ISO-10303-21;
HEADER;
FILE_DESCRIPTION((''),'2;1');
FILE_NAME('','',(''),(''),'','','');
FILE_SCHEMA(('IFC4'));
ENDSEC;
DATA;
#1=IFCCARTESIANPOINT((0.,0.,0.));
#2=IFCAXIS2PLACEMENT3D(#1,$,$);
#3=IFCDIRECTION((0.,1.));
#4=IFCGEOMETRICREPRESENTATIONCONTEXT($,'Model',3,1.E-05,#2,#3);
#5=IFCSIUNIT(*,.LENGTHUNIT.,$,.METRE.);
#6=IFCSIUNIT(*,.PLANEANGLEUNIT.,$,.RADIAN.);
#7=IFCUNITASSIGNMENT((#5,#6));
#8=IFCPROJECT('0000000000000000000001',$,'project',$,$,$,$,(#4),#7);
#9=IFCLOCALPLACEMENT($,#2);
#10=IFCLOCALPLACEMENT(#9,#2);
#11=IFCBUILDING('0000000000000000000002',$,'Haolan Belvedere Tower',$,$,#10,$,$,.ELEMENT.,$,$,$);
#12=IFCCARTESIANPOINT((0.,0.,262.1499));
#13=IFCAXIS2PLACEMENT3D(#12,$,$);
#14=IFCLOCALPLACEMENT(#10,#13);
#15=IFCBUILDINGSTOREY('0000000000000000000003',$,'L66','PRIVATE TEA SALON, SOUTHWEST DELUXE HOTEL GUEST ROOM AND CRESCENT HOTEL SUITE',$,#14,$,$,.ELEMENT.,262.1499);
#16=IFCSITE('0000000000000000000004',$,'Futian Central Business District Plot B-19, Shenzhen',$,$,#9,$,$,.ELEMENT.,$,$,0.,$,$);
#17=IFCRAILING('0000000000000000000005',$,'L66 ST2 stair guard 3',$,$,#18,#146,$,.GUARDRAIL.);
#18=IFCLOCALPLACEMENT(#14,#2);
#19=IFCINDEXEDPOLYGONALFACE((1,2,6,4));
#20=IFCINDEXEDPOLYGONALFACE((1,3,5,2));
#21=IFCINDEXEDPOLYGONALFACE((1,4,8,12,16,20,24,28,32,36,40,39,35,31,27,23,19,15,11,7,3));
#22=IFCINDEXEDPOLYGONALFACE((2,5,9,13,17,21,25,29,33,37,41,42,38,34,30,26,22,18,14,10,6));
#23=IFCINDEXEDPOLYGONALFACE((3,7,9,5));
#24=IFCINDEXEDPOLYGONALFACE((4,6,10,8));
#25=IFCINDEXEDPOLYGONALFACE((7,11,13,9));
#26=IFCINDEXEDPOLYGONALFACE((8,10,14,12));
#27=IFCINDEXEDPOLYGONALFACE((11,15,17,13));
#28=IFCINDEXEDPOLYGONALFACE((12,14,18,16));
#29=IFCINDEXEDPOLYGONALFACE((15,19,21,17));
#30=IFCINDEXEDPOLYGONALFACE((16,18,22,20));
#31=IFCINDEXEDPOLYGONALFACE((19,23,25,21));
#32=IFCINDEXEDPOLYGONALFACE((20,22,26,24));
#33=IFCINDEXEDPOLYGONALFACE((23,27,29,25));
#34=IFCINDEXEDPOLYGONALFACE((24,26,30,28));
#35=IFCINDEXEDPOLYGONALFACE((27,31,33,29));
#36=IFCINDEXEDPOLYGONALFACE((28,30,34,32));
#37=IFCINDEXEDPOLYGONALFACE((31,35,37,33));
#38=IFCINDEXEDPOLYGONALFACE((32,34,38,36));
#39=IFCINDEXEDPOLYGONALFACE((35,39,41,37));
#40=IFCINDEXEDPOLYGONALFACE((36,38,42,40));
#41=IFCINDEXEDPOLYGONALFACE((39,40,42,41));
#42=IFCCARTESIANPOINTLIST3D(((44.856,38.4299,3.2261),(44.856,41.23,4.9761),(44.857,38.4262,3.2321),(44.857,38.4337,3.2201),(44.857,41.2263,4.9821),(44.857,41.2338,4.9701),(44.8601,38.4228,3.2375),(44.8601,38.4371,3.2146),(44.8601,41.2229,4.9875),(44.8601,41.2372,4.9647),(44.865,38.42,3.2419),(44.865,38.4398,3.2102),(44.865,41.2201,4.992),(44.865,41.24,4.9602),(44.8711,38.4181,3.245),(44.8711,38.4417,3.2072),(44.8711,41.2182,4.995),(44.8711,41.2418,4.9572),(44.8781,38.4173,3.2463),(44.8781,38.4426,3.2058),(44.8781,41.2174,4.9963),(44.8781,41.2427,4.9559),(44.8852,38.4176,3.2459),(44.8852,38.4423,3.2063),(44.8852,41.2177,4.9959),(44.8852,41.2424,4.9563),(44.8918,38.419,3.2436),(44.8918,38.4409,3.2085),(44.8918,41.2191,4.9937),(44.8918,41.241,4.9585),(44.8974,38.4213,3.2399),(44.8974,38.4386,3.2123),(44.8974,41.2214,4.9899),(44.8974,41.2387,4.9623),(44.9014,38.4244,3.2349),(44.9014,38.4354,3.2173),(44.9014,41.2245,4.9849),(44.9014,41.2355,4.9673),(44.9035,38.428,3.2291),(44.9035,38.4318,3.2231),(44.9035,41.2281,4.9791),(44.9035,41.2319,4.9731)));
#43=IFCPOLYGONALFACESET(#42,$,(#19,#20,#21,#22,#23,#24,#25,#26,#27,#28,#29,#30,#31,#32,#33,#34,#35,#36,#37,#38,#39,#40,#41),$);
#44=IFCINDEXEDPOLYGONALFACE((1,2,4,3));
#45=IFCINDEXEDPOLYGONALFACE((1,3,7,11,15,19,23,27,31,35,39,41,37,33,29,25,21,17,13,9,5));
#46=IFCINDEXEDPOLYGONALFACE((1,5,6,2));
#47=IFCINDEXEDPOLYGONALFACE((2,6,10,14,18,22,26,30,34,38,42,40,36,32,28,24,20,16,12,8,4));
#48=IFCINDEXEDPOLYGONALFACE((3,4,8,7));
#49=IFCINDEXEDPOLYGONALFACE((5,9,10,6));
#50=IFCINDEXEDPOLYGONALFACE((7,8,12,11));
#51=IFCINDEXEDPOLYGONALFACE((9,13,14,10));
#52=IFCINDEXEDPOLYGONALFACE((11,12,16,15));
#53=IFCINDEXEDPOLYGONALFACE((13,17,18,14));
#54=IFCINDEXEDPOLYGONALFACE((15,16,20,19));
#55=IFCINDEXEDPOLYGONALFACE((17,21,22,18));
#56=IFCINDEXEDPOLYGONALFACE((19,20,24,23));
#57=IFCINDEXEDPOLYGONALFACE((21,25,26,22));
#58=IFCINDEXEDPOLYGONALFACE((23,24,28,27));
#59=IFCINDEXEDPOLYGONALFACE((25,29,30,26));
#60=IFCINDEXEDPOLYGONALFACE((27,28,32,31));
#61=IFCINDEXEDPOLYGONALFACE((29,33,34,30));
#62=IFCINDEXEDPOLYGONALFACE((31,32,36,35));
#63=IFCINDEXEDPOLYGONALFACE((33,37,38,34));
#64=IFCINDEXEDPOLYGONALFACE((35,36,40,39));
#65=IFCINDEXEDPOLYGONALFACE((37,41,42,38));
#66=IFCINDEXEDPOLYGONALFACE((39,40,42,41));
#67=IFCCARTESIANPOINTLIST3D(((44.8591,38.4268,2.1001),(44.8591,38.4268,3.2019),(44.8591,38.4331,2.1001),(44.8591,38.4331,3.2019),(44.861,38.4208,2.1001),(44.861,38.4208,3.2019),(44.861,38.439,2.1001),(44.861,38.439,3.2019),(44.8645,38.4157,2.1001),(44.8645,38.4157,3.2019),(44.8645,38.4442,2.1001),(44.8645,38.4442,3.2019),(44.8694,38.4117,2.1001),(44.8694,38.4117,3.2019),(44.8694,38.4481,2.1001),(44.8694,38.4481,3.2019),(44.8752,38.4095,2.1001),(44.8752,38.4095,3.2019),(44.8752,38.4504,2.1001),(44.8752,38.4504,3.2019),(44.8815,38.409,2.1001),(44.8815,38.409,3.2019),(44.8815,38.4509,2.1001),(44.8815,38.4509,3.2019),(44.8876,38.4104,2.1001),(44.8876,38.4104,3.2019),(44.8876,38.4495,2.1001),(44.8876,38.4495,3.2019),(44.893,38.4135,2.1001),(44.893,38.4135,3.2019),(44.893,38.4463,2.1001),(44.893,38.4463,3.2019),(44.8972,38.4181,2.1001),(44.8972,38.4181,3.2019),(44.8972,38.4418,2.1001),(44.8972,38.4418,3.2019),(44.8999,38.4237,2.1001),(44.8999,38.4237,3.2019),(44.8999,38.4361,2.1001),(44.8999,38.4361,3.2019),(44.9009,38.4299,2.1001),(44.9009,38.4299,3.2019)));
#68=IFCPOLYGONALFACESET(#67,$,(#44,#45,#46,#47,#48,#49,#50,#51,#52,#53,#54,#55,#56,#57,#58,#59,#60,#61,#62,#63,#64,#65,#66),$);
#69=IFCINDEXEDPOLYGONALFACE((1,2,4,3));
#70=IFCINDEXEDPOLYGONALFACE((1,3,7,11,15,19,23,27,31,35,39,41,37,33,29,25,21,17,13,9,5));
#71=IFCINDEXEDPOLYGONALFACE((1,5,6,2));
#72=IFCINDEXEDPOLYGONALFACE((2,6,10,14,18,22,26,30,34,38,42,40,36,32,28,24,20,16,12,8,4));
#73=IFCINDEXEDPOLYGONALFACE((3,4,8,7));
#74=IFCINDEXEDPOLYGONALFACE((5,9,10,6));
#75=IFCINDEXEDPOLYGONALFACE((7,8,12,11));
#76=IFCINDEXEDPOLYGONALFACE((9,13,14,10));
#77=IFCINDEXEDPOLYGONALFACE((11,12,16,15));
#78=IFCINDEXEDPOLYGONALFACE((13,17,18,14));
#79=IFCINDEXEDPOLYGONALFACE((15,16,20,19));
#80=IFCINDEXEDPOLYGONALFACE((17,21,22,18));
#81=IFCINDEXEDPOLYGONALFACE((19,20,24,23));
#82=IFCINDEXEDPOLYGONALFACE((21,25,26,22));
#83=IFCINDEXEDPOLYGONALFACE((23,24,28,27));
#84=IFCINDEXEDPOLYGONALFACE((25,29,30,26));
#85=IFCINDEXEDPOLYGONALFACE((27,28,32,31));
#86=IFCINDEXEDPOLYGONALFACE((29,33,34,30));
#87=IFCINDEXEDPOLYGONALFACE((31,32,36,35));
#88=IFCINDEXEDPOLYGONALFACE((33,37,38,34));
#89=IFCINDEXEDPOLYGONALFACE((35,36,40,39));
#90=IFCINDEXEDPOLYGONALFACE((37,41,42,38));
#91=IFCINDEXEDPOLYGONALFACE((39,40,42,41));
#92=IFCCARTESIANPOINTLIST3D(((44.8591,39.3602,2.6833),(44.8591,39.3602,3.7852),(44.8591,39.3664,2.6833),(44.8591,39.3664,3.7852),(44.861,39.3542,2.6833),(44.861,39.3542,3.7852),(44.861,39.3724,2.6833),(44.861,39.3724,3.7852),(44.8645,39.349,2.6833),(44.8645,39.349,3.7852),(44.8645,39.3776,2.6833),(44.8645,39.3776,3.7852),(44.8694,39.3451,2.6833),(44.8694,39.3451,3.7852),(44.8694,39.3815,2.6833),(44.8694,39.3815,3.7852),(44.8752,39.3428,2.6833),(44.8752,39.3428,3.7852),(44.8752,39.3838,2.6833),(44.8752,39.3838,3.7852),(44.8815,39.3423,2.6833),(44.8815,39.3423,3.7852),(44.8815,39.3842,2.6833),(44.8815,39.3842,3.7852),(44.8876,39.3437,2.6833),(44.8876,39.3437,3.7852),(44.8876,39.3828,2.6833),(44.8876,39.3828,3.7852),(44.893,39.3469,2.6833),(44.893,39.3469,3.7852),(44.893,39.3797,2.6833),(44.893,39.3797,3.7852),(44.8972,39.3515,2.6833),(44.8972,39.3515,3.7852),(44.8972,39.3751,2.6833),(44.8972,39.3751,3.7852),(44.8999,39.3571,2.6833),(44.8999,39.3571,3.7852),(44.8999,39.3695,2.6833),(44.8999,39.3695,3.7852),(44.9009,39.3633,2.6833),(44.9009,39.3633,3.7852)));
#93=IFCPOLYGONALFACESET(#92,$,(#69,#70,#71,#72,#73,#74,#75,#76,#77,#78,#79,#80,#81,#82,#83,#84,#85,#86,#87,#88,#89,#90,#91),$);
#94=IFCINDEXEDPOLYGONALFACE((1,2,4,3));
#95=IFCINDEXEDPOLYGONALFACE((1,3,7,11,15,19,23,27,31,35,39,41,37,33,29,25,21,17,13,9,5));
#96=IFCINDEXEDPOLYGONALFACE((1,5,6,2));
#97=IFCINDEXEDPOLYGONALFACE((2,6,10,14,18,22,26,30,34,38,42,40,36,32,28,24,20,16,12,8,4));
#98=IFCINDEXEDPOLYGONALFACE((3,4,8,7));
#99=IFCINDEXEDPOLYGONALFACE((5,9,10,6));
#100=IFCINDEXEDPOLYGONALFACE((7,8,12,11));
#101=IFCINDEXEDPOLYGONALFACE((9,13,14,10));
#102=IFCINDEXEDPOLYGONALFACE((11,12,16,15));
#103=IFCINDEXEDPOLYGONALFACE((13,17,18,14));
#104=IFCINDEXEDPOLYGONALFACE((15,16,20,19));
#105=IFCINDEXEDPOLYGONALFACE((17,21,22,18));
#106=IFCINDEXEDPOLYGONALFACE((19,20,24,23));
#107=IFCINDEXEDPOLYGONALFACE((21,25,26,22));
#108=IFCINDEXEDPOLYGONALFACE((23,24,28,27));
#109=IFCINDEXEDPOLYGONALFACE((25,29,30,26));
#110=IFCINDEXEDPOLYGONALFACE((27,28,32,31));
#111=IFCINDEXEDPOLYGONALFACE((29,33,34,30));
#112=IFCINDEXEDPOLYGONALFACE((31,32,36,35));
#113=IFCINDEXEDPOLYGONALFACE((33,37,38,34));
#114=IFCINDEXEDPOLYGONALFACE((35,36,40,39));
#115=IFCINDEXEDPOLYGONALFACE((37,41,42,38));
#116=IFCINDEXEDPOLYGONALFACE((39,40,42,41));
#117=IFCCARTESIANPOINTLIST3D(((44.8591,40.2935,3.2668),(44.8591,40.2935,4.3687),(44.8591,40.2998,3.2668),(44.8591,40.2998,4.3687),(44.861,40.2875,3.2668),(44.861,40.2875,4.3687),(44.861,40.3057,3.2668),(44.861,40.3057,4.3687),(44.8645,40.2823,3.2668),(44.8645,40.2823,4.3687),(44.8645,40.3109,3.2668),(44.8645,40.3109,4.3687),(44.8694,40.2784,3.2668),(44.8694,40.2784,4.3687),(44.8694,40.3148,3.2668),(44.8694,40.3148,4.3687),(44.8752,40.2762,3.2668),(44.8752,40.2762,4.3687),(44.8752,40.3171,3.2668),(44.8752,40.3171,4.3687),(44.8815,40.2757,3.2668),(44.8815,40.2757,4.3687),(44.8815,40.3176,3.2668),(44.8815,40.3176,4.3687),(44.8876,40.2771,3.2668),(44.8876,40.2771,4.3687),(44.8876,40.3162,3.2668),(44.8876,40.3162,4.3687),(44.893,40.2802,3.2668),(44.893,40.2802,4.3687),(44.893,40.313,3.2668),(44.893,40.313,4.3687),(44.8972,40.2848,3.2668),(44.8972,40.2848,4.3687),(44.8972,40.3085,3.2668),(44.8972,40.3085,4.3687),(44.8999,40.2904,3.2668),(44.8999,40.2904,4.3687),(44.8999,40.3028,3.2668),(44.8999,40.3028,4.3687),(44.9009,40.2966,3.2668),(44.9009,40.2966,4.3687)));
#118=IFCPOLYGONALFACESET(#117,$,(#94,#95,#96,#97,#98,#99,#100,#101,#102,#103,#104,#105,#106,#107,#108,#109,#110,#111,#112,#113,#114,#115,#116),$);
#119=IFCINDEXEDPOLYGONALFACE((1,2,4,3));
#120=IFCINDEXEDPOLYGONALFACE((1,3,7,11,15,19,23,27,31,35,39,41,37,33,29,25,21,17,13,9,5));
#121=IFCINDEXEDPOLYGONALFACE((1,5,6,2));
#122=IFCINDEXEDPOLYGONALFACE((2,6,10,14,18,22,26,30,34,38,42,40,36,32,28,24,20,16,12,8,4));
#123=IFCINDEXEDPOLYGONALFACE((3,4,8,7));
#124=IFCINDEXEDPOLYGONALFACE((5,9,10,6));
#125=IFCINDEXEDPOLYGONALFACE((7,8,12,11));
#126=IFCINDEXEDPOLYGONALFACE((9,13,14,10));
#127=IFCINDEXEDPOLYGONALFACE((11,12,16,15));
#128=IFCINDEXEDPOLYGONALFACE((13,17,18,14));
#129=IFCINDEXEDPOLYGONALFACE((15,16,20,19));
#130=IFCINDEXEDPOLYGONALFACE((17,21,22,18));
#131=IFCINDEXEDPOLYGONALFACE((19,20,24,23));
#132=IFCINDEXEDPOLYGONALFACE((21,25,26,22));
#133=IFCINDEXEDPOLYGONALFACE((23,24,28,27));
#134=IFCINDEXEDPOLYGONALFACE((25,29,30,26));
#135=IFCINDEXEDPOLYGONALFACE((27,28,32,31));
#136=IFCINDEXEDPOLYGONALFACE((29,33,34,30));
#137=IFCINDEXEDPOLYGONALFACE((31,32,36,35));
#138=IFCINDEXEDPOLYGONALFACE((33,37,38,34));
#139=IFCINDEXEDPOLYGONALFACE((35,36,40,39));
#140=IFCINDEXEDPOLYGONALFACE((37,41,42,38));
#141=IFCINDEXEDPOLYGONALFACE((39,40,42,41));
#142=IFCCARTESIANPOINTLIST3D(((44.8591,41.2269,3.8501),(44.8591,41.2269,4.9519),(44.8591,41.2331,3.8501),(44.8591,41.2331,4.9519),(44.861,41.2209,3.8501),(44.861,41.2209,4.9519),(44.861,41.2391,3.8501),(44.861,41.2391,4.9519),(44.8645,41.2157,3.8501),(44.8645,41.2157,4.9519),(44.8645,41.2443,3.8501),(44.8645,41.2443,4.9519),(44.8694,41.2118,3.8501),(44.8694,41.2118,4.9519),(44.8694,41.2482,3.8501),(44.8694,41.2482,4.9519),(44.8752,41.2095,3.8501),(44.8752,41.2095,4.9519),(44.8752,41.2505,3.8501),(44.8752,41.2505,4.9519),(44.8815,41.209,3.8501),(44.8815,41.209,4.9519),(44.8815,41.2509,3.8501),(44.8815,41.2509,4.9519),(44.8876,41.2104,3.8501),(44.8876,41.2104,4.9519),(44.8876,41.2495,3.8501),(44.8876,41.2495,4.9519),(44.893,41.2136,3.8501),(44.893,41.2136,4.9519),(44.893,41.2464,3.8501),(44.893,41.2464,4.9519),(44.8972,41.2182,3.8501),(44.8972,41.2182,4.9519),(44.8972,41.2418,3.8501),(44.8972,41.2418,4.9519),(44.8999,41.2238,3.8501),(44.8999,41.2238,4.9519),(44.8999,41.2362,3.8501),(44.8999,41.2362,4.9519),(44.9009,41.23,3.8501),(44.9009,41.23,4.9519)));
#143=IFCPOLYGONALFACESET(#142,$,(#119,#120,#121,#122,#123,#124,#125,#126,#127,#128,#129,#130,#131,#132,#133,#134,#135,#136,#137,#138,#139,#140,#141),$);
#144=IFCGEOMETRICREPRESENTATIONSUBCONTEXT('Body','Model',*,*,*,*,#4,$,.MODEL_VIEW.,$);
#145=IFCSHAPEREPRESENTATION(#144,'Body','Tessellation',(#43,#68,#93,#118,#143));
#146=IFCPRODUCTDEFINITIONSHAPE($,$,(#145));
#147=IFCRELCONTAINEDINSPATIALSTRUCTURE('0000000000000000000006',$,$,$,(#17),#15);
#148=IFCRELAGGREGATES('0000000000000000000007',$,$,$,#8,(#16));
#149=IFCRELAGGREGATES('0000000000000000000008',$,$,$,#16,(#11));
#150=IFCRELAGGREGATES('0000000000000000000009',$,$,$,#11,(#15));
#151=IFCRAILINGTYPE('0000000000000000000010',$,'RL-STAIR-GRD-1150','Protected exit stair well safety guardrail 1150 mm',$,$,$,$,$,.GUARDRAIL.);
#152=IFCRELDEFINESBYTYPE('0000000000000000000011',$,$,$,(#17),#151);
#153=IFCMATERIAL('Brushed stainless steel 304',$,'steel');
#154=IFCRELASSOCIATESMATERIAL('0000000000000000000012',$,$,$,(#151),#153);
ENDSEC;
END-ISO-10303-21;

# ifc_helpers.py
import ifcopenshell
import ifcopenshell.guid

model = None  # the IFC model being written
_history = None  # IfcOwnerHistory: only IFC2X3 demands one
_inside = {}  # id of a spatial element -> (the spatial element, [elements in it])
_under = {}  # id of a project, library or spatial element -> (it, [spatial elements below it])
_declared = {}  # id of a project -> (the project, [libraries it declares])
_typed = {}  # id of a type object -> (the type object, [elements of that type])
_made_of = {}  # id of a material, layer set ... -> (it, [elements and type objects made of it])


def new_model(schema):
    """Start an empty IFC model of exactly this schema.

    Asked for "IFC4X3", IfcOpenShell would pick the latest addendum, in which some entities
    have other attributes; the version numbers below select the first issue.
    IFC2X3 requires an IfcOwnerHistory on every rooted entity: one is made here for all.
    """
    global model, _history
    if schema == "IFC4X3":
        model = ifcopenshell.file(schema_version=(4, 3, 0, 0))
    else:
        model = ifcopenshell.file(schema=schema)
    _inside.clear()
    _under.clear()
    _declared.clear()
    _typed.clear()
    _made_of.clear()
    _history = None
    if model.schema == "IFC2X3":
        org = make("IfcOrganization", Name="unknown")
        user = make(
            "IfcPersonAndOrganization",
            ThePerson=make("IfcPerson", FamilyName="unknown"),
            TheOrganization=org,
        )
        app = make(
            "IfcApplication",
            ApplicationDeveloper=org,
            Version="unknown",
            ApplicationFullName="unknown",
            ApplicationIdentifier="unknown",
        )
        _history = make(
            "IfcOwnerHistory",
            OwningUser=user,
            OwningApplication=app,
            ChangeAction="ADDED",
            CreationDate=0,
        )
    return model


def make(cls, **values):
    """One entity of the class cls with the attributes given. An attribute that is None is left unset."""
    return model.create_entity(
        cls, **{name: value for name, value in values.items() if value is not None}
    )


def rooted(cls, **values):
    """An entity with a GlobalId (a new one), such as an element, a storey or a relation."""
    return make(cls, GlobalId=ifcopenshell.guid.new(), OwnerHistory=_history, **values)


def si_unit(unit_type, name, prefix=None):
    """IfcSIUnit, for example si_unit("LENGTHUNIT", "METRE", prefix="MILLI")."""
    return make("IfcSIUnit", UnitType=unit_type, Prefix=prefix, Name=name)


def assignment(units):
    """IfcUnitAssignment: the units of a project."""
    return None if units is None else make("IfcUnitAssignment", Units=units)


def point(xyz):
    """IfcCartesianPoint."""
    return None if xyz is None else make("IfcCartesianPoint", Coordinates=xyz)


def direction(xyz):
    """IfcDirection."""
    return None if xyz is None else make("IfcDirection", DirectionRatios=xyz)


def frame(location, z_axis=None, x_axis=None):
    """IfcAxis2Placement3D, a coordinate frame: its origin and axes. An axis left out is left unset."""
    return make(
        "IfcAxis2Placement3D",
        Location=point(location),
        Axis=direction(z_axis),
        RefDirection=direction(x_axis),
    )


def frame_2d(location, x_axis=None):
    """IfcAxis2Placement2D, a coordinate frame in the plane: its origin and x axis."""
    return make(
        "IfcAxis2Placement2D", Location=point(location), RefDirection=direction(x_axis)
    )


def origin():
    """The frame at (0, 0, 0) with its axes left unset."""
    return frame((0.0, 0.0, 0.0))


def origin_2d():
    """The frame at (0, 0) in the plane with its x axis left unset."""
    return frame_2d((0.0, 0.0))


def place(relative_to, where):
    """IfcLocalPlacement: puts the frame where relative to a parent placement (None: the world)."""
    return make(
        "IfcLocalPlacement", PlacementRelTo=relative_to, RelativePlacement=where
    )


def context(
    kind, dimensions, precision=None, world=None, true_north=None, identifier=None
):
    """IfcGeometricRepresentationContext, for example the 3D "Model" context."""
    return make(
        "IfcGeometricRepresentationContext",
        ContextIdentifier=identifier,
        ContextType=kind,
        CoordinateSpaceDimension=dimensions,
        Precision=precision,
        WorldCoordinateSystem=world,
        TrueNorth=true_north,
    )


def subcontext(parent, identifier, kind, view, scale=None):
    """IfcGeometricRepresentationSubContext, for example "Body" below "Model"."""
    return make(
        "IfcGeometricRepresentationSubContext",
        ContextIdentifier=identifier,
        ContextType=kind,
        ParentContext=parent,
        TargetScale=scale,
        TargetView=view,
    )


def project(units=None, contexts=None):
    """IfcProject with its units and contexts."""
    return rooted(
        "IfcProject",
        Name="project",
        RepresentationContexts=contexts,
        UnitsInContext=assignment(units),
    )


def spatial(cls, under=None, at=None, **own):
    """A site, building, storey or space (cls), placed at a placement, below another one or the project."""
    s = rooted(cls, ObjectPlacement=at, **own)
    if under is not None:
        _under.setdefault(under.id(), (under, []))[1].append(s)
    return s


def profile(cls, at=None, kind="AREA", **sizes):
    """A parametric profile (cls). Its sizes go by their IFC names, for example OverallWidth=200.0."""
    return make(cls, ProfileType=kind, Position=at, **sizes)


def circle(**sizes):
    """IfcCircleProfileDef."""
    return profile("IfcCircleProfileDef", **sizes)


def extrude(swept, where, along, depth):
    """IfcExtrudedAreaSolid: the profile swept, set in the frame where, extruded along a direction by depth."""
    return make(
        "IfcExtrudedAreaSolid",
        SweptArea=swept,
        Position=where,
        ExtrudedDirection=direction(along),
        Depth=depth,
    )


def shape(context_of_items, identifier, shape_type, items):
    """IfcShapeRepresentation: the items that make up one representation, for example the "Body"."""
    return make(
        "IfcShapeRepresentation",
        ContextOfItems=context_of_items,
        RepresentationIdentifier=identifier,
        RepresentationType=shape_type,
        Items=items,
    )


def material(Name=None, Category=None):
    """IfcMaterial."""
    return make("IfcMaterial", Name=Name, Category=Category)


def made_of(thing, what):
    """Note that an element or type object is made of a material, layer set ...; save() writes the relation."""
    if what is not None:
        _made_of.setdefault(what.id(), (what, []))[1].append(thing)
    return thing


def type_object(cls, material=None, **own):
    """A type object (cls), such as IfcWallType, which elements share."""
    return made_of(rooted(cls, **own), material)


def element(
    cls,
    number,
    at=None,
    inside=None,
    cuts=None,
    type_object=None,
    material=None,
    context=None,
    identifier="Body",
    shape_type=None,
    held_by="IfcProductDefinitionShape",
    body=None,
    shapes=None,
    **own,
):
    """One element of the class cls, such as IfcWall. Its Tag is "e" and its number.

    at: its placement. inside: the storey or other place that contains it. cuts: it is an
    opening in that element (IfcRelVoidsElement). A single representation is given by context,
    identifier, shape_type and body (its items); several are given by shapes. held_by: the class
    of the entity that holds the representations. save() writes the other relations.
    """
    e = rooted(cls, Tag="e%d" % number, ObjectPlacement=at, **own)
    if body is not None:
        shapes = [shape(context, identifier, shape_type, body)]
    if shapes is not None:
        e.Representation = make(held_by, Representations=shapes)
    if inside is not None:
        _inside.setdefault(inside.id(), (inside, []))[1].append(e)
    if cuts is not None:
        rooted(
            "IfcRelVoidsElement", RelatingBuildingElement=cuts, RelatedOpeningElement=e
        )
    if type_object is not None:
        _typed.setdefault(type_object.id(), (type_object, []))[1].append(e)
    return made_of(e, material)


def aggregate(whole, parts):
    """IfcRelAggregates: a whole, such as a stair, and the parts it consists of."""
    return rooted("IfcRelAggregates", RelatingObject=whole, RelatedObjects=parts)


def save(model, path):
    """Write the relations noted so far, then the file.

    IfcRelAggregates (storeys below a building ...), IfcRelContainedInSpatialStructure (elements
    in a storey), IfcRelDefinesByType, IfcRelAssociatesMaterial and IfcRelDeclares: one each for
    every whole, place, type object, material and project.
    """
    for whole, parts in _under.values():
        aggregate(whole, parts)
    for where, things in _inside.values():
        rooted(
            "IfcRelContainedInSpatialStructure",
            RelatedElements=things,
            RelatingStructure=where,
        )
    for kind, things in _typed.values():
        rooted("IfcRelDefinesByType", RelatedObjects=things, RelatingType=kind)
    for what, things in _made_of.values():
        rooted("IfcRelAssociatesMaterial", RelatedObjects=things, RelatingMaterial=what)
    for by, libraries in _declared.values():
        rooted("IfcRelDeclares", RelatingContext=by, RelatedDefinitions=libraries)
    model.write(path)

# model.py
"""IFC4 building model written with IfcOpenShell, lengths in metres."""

from ifc_helpers import new_model, si_unit, direction, frame, origin, origin_2d, place, context, subcontext, project, spatial, circle, extrude, material, type_object, element, save


model = new_model("IFC4")

# Units and contexts
model_context = context("Model", 3, precision=1e-05, world=origin(), true_north=direction((0.0, 1.0)))
body_context = subcontext(model_context, "Body", "Model", "MODEL_VIEW")
ifc_project = project(units=[si_unit("LENGTHUNIT", "METRE"), si_unit("PLANEANGLEUNIT", "RADIAN")], contexts=[model_context])

# Site, building, storey
site_placement = place(None, origin())
site = spatial("IfcSite", under=ifc_project, at=site_placement, Name="Futian Central Business District Plot B-19, Shenzhen", CompositionType="ELEMENT", RefElevation=0.0)
building_placement = place(site_placement, origin())
building = spatial("IfcBuilding", under=site, at=building_placement, Name="Haolan Belvedere Tower", CompositionType="ELEMENT")
storey_placement = place(building_placement, frame((0.0, 0.0, 262.1499)))
storey = spatial("IfcBuildingStorey", under=building, at=storey_placement, Name="L66", Description="PRIVATE TEA SALON, SOUTHWEST DELUXE HOTEL GUEST ROOM AND CRESCENT HOTEL SUITE", CompositionType="ELEMENT", Elevation=262.1499)

# Railing
ifc_material_1 = material(Name="Brushed stainless steel 304", Category="steel")
railing_type_1 = type_object("IfcRailingType", Name="RL-STAIR-GRD-1150", Description="Protected exit stair well safety guardrail 1150 mm", PredefinedType="GUARDRAIL", material=ifc_material_1)
railing_1_placement = place(storey_placement, frame((44.8799, 38.4299, 2.1001)))
element("IfcRailing", 1, at=railing_1_placement, inside=storey, type_object=railing_type_1, Name="L66 ST2 stair guard 3", PredefinedType="GUARDRAIL", context=body_context, shape_type="SweptSolid", body=[
    extrude(circle(Radius=0.0239, at=origin_2d()), frame((0.0, 0.0, 1.126), z_axis=(0.0, 0.848002, 0.529992), x_axis=(-1.0, 0.0, 0.0)), (0.0, 0.0, 1.0), 3.302),
    extrude(circle(Radius=0.021, at=origin_2d()), origin(), (0.0, 0.0, 1.0), 1.1018),
    extrude(circle(Radius=0.021, at=origin_2d()), frame((0.0, 0.9333, 0.5833)), (0.0, 0.0, 1.0), 1.1018),
    extrude(circle(Radius=0.021, at=origin_2d()), frame((0.0, 1.8667, 1.1667)), (0.0, 0.0, 1.0), 1.1018),
    extrude(circle(Radius=0.021, at=origin_2d()), frame((0.0, 2.8, 1.75)), (0.0, 0.0, 1.0), 1.1018),
])

save(model, "model.ifc")
